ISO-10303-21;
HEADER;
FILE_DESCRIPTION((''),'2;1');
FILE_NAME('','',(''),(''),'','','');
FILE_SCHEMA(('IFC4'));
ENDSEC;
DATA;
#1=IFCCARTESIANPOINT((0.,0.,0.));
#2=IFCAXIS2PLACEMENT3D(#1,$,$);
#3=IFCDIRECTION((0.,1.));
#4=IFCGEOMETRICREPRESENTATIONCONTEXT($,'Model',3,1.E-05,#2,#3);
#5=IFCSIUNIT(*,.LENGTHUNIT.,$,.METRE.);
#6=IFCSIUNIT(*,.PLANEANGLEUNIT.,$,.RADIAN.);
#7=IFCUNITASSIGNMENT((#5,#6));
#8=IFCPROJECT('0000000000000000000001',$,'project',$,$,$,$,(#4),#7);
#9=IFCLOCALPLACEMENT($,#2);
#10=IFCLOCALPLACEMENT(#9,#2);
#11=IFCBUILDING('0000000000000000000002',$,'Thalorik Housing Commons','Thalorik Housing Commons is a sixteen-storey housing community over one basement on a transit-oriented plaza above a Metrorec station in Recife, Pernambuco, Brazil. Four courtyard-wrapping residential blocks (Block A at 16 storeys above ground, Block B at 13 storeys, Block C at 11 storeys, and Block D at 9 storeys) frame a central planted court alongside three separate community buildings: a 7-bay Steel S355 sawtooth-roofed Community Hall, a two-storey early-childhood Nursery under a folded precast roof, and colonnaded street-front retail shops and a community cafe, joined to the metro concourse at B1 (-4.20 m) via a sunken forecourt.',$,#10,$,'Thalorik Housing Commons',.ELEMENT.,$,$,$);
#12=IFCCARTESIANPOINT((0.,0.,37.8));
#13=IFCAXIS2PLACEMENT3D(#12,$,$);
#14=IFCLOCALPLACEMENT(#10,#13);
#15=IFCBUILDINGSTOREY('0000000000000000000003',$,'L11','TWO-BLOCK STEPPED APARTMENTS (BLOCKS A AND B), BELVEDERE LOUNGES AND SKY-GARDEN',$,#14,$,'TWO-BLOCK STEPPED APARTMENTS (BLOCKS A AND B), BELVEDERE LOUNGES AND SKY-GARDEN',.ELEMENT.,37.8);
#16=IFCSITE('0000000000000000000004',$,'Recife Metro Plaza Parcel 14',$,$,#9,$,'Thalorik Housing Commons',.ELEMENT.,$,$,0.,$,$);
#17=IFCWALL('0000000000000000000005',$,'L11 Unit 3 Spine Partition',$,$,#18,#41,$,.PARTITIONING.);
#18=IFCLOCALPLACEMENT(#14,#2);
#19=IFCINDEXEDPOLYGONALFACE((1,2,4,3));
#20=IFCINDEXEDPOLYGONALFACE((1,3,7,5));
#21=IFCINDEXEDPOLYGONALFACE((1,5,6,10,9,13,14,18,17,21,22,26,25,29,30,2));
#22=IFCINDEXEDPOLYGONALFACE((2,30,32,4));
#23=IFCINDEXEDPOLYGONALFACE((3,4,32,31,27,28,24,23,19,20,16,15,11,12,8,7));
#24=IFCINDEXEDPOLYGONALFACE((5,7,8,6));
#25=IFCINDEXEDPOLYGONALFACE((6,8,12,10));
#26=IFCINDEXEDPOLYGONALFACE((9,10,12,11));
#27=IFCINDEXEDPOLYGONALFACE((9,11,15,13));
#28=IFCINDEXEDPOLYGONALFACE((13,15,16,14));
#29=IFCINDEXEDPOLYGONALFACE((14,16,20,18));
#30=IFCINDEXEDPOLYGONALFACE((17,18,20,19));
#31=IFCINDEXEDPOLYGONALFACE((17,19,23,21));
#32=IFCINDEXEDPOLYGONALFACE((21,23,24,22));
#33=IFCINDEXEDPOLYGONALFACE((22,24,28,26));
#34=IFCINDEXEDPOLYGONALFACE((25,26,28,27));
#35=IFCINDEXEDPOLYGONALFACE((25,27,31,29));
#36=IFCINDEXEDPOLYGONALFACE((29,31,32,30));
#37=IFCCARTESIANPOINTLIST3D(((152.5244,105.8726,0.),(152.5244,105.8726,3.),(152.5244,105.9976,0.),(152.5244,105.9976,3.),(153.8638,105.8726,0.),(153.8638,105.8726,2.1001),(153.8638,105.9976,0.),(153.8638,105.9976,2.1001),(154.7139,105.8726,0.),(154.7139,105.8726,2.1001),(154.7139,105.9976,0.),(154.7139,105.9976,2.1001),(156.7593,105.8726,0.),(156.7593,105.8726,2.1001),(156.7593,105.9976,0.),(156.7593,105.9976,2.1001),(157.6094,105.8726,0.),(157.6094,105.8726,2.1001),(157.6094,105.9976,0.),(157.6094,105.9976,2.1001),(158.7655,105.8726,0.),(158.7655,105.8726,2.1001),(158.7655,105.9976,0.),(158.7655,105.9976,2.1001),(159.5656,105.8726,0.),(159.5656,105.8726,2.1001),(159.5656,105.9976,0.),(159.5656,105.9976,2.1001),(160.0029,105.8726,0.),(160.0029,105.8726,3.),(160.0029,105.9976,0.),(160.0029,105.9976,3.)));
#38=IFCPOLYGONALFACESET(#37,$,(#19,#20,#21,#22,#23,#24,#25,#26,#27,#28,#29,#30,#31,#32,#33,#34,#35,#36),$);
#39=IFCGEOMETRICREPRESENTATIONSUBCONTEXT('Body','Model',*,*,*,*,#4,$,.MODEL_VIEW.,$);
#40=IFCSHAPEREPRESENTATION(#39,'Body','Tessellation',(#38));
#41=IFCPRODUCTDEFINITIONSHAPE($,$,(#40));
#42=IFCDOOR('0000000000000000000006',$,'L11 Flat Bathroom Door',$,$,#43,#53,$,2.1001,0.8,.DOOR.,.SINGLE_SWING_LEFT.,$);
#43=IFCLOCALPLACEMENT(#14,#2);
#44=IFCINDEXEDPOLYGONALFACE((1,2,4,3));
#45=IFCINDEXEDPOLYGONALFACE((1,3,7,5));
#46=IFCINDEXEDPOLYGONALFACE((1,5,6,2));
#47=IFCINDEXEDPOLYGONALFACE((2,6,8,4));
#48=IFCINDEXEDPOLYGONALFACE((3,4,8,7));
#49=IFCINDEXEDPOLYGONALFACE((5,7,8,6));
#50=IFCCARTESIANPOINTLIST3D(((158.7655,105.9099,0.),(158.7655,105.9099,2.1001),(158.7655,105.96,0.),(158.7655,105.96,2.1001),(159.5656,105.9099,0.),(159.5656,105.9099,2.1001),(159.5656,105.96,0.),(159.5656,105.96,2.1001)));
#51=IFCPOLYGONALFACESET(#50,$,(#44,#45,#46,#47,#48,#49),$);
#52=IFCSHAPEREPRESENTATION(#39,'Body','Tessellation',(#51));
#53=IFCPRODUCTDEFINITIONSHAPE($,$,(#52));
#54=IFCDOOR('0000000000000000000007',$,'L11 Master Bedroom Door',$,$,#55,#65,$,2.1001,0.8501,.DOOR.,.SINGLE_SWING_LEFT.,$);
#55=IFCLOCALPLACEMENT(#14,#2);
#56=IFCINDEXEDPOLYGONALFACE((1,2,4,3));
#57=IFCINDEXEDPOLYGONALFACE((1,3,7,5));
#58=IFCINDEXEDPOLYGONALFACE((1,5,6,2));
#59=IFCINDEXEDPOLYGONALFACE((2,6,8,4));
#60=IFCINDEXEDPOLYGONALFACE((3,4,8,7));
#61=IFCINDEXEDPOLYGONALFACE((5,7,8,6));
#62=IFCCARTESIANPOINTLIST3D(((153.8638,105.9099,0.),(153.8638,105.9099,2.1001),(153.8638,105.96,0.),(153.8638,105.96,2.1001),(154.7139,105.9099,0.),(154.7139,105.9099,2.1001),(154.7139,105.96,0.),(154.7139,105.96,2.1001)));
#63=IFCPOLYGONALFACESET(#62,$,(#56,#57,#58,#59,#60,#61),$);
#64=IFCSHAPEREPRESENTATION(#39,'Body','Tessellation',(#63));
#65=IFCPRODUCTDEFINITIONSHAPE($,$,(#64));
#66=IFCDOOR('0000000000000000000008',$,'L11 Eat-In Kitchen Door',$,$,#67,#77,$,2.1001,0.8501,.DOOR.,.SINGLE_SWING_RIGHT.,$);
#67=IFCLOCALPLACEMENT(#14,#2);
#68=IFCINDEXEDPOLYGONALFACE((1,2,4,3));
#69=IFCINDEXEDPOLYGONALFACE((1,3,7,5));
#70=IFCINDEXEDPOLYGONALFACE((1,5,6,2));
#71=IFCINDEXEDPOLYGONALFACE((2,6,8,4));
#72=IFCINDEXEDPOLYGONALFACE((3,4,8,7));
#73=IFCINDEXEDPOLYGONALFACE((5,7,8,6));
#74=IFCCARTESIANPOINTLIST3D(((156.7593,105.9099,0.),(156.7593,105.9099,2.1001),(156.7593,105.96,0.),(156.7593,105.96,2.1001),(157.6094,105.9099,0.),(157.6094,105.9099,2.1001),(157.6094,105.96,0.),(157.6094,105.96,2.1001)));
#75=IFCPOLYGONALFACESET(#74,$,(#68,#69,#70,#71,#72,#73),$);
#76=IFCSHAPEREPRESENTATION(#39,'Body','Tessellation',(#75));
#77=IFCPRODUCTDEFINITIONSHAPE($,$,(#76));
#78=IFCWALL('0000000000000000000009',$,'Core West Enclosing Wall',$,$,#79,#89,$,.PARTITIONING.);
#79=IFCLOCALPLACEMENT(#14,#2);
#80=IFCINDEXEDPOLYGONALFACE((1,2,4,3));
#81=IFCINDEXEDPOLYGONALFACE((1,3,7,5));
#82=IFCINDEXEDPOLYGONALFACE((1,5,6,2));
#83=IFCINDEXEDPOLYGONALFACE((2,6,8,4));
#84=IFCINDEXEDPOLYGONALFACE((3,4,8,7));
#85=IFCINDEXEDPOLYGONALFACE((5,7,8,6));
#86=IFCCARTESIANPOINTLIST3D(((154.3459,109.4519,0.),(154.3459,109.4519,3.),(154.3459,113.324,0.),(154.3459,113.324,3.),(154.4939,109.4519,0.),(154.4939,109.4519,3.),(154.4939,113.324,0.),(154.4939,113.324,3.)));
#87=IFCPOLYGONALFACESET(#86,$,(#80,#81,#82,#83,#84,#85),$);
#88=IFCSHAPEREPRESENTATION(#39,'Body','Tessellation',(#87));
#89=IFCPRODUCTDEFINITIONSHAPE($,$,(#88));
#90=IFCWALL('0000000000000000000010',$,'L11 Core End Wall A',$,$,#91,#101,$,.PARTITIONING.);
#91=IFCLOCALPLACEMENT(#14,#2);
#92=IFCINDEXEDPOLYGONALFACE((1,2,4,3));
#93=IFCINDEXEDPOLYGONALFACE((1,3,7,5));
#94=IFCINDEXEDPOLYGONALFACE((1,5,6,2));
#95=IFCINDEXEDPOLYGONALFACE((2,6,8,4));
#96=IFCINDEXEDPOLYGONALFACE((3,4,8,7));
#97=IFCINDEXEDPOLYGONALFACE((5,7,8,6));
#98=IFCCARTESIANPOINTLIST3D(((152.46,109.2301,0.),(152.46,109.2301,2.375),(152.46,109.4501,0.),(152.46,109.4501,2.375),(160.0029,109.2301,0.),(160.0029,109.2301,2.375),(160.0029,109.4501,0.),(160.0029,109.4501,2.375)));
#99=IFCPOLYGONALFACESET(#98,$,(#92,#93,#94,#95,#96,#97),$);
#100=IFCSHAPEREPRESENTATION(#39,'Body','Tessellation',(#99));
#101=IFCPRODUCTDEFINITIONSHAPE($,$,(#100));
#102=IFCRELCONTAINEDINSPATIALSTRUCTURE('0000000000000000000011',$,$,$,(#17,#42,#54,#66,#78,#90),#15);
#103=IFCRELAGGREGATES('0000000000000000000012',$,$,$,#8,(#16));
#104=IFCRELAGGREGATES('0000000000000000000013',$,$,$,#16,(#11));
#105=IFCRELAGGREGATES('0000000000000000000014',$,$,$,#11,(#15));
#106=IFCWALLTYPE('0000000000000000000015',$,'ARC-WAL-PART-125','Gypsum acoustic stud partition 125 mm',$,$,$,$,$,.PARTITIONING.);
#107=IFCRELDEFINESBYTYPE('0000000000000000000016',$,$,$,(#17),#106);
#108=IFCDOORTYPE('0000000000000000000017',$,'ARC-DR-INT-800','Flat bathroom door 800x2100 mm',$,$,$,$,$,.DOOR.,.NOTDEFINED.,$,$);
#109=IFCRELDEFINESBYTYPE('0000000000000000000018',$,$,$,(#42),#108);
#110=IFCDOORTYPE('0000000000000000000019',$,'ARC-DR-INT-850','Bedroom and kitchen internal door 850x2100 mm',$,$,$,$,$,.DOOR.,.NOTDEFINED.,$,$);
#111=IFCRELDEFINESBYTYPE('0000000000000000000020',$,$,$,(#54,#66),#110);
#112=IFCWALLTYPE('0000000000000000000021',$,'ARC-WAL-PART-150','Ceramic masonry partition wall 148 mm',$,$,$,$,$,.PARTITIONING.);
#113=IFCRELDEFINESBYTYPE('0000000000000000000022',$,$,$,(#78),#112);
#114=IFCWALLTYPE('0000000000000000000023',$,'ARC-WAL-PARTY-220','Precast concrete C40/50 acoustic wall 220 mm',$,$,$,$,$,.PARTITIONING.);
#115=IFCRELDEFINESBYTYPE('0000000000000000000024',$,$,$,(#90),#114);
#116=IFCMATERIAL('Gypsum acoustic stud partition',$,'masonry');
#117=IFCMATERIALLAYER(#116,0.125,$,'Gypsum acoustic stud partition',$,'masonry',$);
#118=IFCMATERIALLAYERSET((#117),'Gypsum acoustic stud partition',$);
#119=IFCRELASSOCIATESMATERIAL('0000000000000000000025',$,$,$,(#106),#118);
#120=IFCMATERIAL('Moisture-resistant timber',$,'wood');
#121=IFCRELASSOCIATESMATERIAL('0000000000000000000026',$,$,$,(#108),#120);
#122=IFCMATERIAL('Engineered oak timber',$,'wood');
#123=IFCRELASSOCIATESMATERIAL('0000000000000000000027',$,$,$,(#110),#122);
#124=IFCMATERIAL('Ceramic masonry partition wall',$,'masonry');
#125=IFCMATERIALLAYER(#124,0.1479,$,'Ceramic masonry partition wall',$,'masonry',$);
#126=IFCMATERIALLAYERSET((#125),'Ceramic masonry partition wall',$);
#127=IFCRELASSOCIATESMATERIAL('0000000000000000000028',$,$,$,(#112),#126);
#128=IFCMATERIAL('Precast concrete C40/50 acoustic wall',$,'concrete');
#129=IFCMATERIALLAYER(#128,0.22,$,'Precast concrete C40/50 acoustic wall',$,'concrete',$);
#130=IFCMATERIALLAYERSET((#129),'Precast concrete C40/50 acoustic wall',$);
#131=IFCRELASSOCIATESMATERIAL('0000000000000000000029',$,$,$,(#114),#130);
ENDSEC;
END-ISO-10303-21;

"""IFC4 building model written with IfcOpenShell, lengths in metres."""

from ifc_helpers import new_model, si_unit, direction, frame, frame_2d, origin, place, context, subcontext, project, spatial, rectangle, extrude, material, layer, layer_set, type_object, element, fill, save


model = new_model("IFC4")

# Units and contexts
model_context = context("Model", 3, precision=1e-05, world=origin(), true_north=direction((0.0, 1.0)))
body_context = subcontext(model_context, "Body", "Model", "MODEL_VIEW")
ifc_project = project(units=[si_unit("LENGTHUNIT", "METRE"), si_unit("PLANEANGLEUNIT", "RADIAN")], contexts=[model_context])

# Site, building, storey
site_placement = place(None, origin())
site = spatial("IfcSite", under=ifc_project, at=site_placement, Name="Recife Metro Plaza Parcel 14", LongName="Thalorik Housing Commons", CompositionType="ELEMENT", RefElevation=0.0)
building_placement = place(site_placement, origin())
building = spatial("IfcBuilding", under=site, at=building_placement, Name="Thalorik Housing Commons", Description="Thalorik Housing Commons is a sixteen-storey housing community over one basement on a transit-oriented plaza above a Metrorec station in Recife, Pernambuco, Brazil. Four courtyard-wrapping residential blocks (Block A at 16 storeys above ground, Block B at 13 storeys, Block C at 11 storeys, and Block D at 9 storeys) frame a central planted court alongside three separate community buildings: a 7-bay Steel S355 sawtooth-roofed Community Hall, a two-storey early-childhood Nursery under a folded precast roof, and colonnaded street-front retail shops and a community cafe, joined to the metro concourse at B1 (-4.20 m) via a sunken forecourt.", LongName="Thalorik Housing Commons", CompositionType="ELEMENT")
storey_placement = place(building_placement, frame((0.0, 0.0, 37.8)))
storey = spatial("IfcBuildingStorey", under=building, at=storey_placement, Name="L11", Description="TWO-BLOCK STEPPED APARTMENTS (BLOCKS A AND B), BELVEDERE LOUNGES AND SKY-GARDEN", LongName="TWO-BLOCK STEPPED APARTMENTS (BLOCKS A AND B), BELVEDERE LOUNGES AND SKY-GARDEN", CompositionType="ELEMENT", Elevation=37.8)

# Wall, openings, doors
ifc_material_1 = material(Name="Gypsum acoustic stud partition", Category="masonry")
ifc_layer_1 = layer(ifc_material_1, 0.125, Name="Gypsum acoustic stud partition", Category="masonry")
ifc_layer_set_1 = layer_set([ifc_layer_1], Name="Gypsum acoustic stud partition")
wall_type_1 = type_object("IfcWallType", Name="ARC-WAL-PART-125", Description="Gypsum acoustic stud partition 125 mm", PredefinedType="PARTITIONING", material=ifc_layer_set_1)
wall_1_placement = place(storey_placement, frame((152.5244, 105.9351, 0.0), z_axis=(0.0, 0.0, 1.0), x_axis=(1.0, 0.0, 0.0)))
wall_1 = element("IfcWall", 1, at=wall_1_placement, inside=storey, type_object=wall_type_1, Name="L11 Unit 3 Spine Partition", PredefinedType="PARTITIONING", context=body_context, shape_type="SweptSolid", body=[
    extrude(rectangle(XDim=7.4785, YDim=0.125, at=frame_2d((3.7393, 0.0))), origin(), (0.0, 0.0, 1.0), 3.0),
])
opening_1_placement = place(wall_1_placement, frame((1.3394, 0.0, 0.0)))
opening_1 = element("IfcOpeningElement", 2, at=opening_1_placement, cuts=wall_1, PredefinedType="OPENING", context=body_context, shape_type="SweptSolid", body=[
    extrude(rectangle(XDim=0.8501, YDim=2.1001, at=frame_2d((0.425, 1.05))), frame((0.0, 0.0725, 0.0), z_axis=(0.0, -1.0, 0.0), x_axis=(1.0, 0.0, 0.0)), (0.0, 0.0, 1.0), 0.145),
])
opening_2_placement = place(wall_1_placement, frame((4.2349, 0.0, 0.0)))
opening_2 = element("IfcOpeningElement", 3, at=opening_2_placement, cuts=wall_1, PredefinedType="OPENING", context=body_context, shape_type="SweptSolid", body=[
    extrude(rectangle(XDim=0.8501, YDim=2.1001, at=frame_2d((0.425, 1.05))), frame((0.0, 0.0725, 0.0), z_axis=(0.0, -1.0, 0.0), x_axis=(1.0, 0.0, 0.0)), (0.0, 0.0, 1.0), 0.145),
])
opening_3_placement = place(wall_1_placement, frame((6.2412, 0.0, 0.0)))
opening_3 = element("IfcOpeningElement", 4, at=opening_3_placement, cuts=wall_1, PredefinedType="OPENING", context=body_context, shape_type="SweptSolid", body=[
    extrude(rectangle(XDim=0.8, YDim=2.1001, at=frame_2d((0.3999, 1.05))), frame((0.0, 0.0725, 0.0), z_axis=(0.0, -1.0, 0.0), x_axis=(1.0, 0.0, 0.0)), (0.0, 0.0, 1.0), 0.145),
])
ifc_material_2 = material(Name="Moisture-resistant timber", Category="wood")
door_type_1 = type_object("IfcDoorType", Name="ARC-DR-INT-800", Description="Flat bathroom door 800x2100 mm", OperationType="NOTDEFINED", PredefinedType="DOOR", material=ifc_material_2)
door_1_placement = place(opening_3_placement, origin())
door_1 = element("IfcDoor", 5, at=door_1_placement, inside=storey, type_object=door_type_1, Name="L11 Flat Bathroom Door", OperationType="SINGLE_SWING_LEFT", OverallHeight=2.1001, OverallWidth=0.8, PredefinedType="DOOR", context=body_context, shape_type="SweptSolid", body=[
    extrude(rectangle(XDim=0.8, YDim=2.1001, at=frame_2d((0.3999, 1.05))), frame((0.0, 0.0249, 0.0), z_axis=(0.0, -1.0, 0.0), x_axis=(1.0, 0.0, 0.0)), (0.0, 0.0, 1.0), 0.05),
])
fill(opening_3, door_1)
ifc_material_3 = material(Name="Engineered oak timber", Category="wood")
door_type_2 = type_object("IfcDoorType", Name="ARC-DR-INT-850", Description="Bedroom and kitchen internal door 850x2100 mm", OperationType="NOTDEFINED", PredefinedType="DOOR", material=ifc_material_3)
door_2_placement = place(opening_1_placement, origin())
door_2 = element("IfcDoor", 6, at=door_2_placement, inside=storey, type_object=door_type_2, Name="L11 Master Bedroom Door", OperationType="SINGLE_SWING_LEFT", OverallHeight=2.1001, OverallWidth=0.8501, PredefinedType="DOOR", context=body_context, shape_type="SweptSolid", body=[
    extrude(rectangle(XDim=0.8501, YDim=2.1001, at=frame_2d((0.425, 1.05))), frame((0.0, 0.0249, 0.0), z_axis=(0.0, -1.0, 0.0), x_axis=(1.0, 0.0, 0.0)), (0.0, 0.0, 1.0), 0.05),
])
fill(opening_1, door_2)
door_3_placement = place(opening_2_placement, origin())
door_3 = element("IfcDoor", 7, at=door_3_placement, inside=storey, type_object=door_type_2, Name="L11 Eat-In Kitchen Door", OperationType="SINGLE_SWING_RIGHT", OverallHeight=2.1001, OverallWidth=0.8501, PredefinedType="DOOR", context=body_context, shape_type="SweptSolid", body=[
    extrude(rectangle(XDim=0.8501, YDim=2.1001, at=frame_2d((0.425, 1.05))), frame((0.0, 0.0249, 0.0), z_axis=(0.0, -1.0, 0.0), x_axis=(1.0, 0.0, 0.0)), (0.0, 0.0, 1.0), 0.05),
])
fill(opening_2, door_3)

# Walls
ifc_material_4 = material(Name="Ceramic masonry partition wall", Category="masonry")
ifc_layer_2 = layer(ifc_material_4, 0.1479, Name="Ceramic masonry partition wall", Category="masonry")
ifc_layer_set_2 = layer_set([ifc_layer_2], Name="Ceramic masonry partition wall")
wall_type_2 = type_object("IfcWallType", Name="ARC-WAL-PART-150", Description="Ceramic masonry partition wall 148 mm", PredefinedType="PARTITIONING", material=ifc_layer_set_2)
wall_2_placement = place(storey_placement, frame((154.4199, 113.324, 0.0), z_axis=(0.0, 0.0, 1.0), x_axis=(0.0, -1.0, 0.0)))
element("IfcWall", 8, at=wall_2_placement, inside=storey, type_object=wall_type_2, Name="Core West Enclosing Wall", PredefinedType="PARTITIONING", context=body_context, shape_type="SweptSolid", body=[
    extrude(rectangle(XDim=3.8721, YDim=0.1479, at=frame_2d((1.936, 0.0))), origin(), (0.0, 0.0, 1.0), 3.0),
])
ifc_material_5 = material(Name="Precast concrete C40/50 acoustic wall", Category="concrete")
ifc_layer_3 = layer(ifc_material_5, 0.22, Name="Precast concrete C40/50 acoustic wall", Category="concrete")
ifc_layer_set_3 = layer_set([ifc_layer_3], Name="Precast concrete C40/50 acoustic wall")
wall_type_3 = type_object("IfcWallType", Name="ARC-WAL-PARTY-220", Description="Precast concrete C40/50 acoustic wall 220 mm", PredefinedType="PARTITIONING", material=ifc_layer_set_3)
wall_3_placement = place(storey_placement, frame((152.46, 109.3401, 0.0), z_axis=(0.0, 0.0, 1.0), x_axis=(1.0, 0.0, 0.0)))
element("IfcWall", 9, at=wall_3_placement, inside=storey, type_object=wall_type_3, Name="L11 Core End Wall A", PredefinedType="PARTITIONING", context=body_context, shape_type="SweptSolid", body=[
    extrude(rectangle(XDim=7.543, YDim=0.22, at=frame_2d((3.7715, 0.0))), origin(), (0.0, 0.0, 1.0), 2.375),
])

save(model, "model.ifc")
